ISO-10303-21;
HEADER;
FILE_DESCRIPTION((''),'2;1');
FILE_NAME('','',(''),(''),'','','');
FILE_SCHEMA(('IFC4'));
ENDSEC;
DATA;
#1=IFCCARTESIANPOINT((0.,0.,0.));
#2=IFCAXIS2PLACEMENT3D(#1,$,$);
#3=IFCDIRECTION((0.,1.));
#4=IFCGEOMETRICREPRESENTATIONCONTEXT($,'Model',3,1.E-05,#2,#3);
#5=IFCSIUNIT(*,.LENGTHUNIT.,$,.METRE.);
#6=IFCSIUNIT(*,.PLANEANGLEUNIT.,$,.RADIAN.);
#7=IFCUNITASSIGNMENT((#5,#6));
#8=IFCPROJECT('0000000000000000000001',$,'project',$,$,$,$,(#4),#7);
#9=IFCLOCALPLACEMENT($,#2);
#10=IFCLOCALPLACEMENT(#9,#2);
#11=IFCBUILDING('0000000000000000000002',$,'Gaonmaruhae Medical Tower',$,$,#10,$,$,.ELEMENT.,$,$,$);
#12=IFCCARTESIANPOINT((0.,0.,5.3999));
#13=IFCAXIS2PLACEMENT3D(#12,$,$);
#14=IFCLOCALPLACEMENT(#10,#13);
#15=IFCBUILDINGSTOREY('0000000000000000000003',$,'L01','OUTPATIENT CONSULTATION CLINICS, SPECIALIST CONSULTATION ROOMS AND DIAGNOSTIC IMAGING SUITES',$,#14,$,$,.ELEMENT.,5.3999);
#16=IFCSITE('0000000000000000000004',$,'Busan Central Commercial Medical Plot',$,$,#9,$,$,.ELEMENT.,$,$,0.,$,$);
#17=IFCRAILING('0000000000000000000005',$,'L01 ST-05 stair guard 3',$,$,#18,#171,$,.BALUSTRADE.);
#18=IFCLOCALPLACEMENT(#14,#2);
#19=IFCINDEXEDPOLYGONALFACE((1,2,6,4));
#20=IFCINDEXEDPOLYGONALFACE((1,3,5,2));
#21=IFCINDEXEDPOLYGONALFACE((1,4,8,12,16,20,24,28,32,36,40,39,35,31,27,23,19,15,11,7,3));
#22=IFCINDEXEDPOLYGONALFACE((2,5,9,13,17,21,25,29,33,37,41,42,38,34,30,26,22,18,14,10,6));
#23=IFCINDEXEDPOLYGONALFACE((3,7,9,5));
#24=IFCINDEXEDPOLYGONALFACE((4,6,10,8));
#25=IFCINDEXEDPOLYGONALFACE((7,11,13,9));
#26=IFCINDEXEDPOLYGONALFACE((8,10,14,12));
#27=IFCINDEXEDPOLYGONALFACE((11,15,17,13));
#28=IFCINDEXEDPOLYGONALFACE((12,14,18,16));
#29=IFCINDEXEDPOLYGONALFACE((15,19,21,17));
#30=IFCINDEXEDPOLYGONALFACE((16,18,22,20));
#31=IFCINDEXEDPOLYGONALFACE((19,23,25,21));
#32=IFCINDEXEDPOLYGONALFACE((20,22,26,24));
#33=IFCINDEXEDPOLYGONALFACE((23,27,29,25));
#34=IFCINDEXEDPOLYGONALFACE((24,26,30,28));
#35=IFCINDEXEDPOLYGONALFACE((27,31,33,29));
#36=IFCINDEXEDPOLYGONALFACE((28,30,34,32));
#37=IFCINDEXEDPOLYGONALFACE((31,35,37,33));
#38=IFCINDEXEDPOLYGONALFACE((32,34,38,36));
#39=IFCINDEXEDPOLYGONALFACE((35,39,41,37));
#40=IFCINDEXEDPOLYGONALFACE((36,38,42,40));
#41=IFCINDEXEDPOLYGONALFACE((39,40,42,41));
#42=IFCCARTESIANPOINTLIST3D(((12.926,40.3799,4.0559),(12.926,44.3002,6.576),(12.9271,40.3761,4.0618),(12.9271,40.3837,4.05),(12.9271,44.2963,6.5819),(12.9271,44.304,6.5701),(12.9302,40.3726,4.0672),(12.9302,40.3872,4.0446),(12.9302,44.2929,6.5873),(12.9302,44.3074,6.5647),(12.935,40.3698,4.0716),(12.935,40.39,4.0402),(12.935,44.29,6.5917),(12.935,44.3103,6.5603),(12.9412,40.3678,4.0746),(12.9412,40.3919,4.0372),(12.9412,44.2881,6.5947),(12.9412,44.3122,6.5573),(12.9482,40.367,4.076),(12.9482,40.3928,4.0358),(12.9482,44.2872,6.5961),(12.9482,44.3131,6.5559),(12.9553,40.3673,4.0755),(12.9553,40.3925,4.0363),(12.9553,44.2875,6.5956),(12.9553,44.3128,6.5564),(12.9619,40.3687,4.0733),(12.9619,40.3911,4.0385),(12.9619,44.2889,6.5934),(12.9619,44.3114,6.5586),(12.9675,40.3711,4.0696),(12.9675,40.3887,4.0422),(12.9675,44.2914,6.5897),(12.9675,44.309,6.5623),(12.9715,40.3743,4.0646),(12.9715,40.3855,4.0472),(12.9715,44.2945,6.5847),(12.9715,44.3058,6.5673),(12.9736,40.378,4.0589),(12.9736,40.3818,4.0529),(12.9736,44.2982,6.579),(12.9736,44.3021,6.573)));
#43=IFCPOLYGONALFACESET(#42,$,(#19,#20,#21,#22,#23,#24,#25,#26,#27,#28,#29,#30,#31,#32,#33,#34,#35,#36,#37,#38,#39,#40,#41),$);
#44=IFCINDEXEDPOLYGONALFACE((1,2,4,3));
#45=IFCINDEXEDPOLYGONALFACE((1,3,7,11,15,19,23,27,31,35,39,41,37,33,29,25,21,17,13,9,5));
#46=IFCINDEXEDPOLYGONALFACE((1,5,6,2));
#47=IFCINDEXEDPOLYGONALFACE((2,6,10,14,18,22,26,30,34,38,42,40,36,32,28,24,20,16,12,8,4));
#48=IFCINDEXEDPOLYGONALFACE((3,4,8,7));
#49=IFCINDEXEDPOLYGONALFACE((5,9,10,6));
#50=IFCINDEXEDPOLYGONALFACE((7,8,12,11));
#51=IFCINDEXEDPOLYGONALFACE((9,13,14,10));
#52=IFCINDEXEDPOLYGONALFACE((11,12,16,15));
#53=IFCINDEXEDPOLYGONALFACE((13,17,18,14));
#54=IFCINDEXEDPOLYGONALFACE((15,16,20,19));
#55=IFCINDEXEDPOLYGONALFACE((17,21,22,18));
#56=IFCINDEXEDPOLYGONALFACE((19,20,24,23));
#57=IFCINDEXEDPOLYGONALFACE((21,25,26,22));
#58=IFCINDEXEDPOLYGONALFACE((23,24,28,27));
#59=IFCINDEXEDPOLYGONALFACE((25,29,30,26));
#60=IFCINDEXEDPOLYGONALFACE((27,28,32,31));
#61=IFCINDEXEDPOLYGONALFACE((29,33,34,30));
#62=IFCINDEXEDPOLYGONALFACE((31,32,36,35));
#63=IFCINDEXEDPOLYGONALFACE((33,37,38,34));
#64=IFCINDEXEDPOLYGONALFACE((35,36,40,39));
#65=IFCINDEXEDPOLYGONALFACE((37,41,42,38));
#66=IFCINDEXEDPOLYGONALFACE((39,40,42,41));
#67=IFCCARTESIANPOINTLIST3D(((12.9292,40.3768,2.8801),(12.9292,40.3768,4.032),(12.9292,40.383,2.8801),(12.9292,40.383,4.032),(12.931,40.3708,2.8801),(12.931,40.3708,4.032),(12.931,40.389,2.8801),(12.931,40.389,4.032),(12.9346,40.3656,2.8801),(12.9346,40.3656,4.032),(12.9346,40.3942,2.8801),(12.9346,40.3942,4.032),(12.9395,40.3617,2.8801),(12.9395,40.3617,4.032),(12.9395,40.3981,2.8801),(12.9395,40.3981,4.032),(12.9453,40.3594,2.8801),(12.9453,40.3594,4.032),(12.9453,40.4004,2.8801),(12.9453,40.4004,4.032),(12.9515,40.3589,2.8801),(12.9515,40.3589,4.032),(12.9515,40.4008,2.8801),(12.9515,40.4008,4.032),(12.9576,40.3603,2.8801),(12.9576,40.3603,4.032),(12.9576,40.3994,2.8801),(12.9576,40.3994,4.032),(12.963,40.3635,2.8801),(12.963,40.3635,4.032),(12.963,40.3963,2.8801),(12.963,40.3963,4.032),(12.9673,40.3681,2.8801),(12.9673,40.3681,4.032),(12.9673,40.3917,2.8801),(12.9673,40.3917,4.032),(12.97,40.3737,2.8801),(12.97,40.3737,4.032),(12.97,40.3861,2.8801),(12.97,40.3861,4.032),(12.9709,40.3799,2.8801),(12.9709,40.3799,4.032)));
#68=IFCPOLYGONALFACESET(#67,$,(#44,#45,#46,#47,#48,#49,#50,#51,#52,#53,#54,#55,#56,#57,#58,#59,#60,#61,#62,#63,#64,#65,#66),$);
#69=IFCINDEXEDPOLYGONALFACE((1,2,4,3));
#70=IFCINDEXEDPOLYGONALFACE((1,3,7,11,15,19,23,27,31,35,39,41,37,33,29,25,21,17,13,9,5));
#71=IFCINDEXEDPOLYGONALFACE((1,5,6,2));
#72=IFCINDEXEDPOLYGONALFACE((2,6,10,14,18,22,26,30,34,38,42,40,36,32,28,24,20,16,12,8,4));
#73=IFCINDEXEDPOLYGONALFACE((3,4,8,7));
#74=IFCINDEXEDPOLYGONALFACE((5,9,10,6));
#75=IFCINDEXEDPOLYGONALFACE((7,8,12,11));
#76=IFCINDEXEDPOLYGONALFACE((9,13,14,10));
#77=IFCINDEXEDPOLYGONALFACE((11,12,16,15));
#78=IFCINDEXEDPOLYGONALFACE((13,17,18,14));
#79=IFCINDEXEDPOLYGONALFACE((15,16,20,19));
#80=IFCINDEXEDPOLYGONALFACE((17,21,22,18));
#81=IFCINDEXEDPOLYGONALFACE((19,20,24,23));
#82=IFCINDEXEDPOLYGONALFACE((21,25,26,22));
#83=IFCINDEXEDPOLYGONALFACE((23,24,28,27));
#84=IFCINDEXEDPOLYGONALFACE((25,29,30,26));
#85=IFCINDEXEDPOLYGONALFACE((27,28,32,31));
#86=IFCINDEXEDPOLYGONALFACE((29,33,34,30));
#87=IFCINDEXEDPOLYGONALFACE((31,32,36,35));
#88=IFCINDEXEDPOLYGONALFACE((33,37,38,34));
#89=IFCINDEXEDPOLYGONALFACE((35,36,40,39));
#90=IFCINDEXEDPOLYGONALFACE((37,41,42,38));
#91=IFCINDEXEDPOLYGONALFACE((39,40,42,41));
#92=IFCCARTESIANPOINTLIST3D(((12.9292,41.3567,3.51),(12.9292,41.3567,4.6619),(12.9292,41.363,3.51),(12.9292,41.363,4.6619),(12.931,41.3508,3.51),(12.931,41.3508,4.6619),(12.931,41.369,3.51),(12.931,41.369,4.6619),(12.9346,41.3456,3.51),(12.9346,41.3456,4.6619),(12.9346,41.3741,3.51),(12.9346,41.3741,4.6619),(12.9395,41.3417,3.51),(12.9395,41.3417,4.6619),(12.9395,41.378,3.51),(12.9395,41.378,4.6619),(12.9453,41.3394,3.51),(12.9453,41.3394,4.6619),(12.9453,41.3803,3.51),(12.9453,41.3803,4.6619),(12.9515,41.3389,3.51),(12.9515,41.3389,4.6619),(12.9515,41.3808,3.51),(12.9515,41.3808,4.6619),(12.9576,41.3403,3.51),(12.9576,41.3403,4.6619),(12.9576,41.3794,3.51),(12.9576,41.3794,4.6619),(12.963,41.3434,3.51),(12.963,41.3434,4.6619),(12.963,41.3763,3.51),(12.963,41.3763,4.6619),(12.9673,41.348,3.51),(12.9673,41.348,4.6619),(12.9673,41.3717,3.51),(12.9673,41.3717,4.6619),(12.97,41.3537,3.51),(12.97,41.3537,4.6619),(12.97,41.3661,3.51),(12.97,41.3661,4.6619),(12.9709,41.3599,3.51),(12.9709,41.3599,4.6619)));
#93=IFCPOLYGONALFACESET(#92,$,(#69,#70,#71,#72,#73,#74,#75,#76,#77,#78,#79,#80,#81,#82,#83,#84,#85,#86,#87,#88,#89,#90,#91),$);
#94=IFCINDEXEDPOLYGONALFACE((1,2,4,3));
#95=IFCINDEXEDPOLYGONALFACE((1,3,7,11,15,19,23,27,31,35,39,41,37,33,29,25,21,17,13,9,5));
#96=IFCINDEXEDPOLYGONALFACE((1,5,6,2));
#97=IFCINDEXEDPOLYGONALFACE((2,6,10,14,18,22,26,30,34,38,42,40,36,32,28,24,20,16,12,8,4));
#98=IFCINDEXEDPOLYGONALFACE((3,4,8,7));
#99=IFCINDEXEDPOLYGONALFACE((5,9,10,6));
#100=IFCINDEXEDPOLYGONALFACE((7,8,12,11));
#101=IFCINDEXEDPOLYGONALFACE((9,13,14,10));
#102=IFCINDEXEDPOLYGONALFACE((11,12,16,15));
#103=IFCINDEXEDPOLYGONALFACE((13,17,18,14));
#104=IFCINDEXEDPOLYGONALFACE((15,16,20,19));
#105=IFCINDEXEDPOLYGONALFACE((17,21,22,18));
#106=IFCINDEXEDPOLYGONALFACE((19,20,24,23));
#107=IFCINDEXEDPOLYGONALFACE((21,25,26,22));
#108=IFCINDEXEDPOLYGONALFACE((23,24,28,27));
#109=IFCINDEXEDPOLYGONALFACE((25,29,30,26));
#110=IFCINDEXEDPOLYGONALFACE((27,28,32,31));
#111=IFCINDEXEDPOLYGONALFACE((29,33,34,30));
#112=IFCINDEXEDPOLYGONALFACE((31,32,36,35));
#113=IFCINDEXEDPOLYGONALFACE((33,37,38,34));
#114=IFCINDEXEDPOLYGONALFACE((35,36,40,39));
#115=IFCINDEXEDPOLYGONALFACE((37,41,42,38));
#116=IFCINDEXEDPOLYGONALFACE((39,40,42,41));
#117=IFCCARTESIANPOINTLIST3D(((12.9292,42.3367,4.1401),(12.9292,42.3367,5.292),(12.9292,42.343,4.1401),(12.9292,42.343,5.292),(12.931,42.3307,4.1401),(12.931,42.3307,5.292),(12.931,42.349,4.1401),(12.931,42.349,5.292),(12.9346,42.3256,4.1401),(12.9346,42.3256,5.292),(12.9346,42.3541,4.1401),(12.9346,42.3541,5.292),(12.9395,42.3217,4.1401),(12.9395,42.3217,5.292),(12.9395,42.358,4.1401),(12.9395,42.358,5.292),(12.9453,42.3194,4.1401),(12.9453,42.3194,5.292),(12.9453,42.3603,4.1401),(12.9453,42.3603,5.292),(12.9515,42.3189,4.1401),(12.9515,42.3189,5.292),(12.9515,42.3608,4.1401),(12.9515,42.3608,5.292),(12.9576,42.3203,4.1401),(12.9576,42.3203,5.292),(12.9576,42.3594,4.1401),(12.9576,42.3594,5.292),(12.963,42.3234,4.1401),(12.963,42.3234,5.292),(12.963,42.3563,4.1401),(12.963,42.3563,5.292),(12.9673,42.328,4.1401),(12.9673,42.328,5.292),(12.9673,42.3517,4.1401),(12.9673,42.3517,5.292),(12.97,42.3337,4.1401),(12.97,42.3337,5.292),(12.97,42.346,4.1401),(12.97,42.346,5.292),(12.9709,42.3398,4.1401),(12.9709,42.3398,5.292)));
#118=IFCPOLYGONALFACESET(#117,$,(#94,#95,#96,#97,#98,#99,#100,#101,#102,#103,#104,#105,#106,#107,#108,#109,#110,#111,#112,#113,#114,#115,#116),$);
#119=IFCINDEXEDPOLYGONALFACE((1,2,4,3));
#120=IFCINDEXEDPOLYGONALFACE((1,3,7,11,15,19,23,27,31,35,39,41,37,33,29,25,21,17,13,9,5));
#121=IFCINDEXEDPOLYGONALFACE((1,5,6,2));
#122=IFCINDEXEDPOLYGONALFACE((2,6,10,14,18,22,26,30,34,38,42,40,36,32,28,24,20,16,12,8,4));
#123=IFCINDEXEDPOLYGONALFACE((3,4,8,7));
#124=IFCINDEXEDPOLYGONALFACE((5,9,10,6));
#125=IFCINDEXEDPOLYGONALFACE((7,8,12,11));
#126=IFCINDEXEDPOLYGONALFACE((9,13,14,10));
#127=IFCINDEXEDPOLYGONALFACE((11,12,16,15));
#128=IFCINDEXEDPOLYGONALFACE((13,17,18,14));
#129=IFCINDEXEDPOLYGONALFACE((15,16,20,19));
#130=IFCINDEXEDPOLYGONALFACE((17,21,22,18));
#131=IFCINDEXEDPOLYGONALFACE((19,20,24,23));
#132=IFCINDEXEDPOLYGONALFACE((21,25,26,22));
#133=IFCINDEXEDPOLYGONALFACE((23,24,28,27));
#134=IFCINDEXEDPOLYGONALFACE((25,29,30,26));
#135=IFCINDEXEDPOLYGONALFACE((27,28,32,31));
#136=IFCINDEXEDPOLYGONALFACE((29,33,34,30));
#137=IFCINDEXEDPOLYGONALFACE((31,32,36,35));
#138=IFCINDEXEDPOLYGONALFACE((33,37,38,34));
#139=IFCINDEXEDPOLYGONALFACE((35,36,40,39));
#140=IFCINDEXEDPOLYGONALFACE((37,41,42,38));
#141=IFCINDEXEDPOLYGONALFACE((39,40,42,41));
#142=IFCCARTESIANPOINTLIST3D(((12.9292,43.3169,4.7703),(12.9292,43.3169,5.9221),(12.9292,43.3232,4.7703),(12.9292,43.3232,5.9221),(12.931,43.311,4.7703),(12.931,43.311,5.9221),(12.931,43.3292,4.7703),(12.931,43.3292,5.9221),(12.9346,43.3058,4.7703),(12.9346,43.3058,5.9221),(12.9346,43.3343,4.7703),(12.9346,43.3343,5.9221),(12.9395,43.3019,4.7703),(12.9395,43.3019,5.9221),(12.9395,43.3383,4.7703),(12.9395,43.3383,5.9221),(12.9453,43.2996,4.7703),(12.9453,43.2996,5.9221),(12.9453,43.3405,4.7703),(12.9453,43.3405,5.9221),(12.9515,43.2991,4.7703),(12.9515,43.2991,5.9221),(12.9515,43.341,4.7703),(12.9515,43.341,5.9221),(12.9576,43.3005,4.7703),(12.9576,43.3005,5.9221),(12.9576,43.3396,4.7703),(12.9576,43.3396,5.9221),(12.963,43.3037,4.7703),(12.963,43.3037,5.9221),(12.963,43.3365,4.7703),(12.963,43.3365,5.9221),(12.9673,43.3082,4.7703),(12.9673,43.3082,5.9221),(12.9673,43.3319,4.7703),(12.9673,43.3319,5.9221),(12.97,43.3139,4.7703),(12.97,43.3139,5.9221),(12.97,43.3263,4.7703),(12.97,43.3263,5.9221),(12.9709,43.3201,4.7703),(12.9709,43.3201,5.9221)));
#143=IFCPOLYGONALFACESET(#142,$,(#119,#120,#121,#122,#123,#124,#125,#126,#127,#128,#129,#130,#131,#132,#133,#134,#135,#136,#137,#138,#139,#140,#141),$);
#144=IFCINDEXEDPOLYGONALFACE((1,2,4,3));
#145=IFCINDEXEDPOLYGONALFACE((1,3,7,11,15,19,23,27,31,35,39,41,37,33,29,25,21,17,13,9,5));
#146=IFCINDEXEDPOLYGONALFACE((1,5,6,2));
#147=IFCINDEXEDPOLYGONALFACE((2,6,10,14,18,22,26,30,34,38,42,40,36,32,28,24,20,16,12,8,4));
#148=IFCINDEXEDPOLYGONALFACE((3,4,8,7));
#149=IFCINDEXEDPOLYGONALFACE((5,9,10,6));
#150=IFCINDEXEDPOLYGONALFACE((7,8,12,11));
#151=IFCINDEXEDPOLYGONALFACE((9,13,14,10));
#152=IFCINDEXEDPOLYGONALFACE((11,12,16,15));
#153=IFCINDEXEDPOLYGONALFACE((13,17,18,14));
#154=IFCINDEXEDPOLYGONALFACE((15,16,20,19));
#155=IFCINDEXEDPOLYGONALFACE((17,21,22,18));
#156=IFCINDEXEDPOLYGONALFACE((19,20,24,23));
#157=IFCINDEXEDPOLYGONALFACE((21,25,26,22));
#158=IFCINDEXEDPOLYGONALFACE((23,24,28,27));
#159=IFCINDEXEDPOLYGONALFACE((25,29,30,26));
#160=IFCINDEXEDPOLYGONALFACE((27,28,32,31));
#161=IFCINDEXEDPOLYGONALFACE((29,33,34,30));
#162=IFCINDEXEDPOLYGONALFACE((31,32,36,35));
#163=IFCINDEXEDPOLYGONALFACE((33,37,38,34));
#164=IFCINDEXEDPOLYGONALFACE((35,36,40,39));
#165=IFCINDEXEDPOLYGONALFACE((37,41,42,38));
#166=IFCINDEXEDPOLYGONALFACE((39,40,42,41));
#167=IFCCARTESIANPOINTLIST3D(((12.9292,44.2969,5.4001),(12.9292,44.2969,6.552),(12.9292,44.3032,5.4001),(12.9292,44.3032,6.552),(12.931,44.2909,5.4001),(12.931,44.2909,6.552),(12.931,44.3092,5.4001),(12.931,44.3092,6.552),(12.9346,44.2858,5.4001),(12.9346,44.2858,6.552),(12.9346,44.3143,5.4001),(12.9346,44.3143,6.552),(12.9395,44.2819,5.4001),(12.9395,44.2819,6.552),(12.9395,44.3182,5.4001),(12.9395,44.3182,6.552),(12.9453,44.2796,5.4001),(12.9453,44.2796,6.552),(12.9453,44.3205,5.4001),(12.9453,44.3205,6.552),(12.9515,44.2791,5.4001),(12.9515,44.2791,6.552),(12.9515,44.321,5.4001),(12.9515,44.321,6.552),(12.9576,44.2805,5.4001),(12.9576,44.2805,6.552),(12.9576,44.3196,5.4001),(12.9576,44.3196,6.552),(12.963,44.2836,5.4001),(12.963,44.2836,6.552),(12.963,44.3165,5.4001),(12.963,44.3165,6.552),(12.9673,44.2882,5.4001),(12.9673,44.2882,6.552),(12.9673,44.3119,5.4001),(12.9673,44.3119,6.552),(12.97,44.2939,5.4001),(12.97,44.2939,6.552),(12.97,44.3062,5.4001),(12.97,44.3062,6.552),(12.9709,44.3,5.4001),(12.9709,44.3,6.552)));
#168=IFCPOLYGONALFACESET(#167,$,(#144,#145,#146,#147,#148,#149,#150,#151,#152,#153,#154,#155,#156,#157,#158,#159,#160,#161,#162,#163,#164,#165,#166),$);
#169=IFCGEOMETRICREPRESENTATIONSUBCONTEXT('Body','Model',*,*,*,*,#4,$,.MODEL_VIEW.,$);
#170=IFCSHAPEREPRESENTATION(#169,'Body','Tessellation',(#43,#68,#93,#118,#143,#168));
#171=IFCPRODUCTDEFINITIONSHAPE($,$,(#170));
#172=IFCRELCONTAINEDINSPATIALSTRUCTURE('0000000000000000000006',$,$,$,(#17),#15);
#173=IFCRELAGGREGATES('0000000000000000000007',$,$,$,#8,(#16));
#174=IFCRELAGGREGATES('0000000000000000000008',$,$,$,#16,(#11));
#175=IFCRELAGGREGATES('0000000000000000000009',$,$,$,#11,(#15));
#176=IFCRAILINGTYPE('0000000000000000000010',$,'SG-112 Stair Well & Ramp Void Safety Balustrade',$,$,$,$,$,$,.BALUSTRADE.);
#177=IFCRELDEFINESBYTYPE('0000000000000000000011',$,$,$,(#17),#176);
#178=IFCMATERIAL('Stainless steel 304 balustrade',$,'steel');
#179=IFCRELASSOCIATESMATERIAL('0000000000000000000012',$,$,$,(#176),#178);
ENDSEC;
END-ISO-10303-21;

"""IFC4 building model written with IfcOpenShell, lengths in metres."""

from ifc_helpers import new_model, si_unit, direction, frame, origin, origin_2d, place, context, subcontext, project, spatial, circle, extrude, material, type_object, element, save


model = new_model("IFC4")

# Units and contexts
model_context = context("Model", 3, precision=1e-05, world=origin(), true_north=direction((0.0, 1.0)))
body_context = subcontext(model_context, "Body", "Model", "MODEL_VIEW")
ifc_project = project(units=[si_unit("LENGTHUNIT", "METRE"), si_unit("PLANEANGLEUNIT", "RADIAN")], contexts=[model_context])

# Site, building, storey
site_placement = place(None, origin())
site = spatial("IfcSite", under=ifc_project, at=site_placement, Name="Busan Central Commercial Medical Plot", CompositionType="ELEMENT", RefElevation=0.0)
building_placement = place(site_placement, origin())
building = spatial("IfcBuilding", under=site, at=building_placement, Name="Gaonmaruhae Medical Tower", CompositionType="ELEMENT")
storey_placement = place(building_placement, frame((0.0, 0.0, 5.3999)))
storey = spatial("IfcBuildingStorey", under=building, at=storey_placement, Name="L01", Description="OUTPATIENT CONSULTATION CLINICS, SPECIALIST CONSULTATION ROOMS AND DIAGNOSTIC IMAGING SUITES", CompositionType="ELEMENT", Elevation=5.3999)

# Railing
ifc_material_1 = material(Name="Stainless steel 304 balustrade", Category="steel")
railing_type_1 = type_object("IfcRailingType", Name="SG-112 Stair Well & Ramp Void Safety Balustrade", PredefinedType="BALUSTRADE", material=ifc_material_1)
railing_1_placement = place(storey_placement, frame((12.95, 40.3799, 2.8801)))
element("IfcRailing", 1, at=railing_1_placement, inside=storey, type_object=railing_type_1, Name="L01 ST-05 stair guard 3", PredefinedType="BALUSTRADE", context=body_context, shape_type="SweptSolid", body=[
    extrude(circle(Radius=0.0239, at=origin_2d()), frame((0.0, 0.0, 1.1758), z_axis=(0.0, 0.841187, 0.540744), x_axis=(-1.0, 0.0, 0.0)), (0.0, 0.0, 1.0), 4.6604),
    extrude(circle(Radius=0.021, at=origin_2d()), origin(), (0.0, 0.0, 1.0), 1.1519),
    extrude(circle(Radius=0.021, at=origin_2d()), frame((0.0, 0.98, 0.6299)), (0.0, 0.0, 1.0), 1.1519),
    extrude(circle(Radius=0.021, at=origin_2d()), frame((0.0, 1.96, 1.26)), (0.0, 0.0, 1.0), 1.1519),
    extrude(circle(Radius=0.021, at=origin_2d()), frame((0.0, 2.9402, 1.8901)), (0.0, 0.0, 1.0), 1.1519),
    extrude(circle(Radius=0.021, at=origin_2d()), frame((0.0, 3.9202, 2.52)), (0.0, 0.0, 1.0), 1.1519),
])

save(model, "model.ifc")
